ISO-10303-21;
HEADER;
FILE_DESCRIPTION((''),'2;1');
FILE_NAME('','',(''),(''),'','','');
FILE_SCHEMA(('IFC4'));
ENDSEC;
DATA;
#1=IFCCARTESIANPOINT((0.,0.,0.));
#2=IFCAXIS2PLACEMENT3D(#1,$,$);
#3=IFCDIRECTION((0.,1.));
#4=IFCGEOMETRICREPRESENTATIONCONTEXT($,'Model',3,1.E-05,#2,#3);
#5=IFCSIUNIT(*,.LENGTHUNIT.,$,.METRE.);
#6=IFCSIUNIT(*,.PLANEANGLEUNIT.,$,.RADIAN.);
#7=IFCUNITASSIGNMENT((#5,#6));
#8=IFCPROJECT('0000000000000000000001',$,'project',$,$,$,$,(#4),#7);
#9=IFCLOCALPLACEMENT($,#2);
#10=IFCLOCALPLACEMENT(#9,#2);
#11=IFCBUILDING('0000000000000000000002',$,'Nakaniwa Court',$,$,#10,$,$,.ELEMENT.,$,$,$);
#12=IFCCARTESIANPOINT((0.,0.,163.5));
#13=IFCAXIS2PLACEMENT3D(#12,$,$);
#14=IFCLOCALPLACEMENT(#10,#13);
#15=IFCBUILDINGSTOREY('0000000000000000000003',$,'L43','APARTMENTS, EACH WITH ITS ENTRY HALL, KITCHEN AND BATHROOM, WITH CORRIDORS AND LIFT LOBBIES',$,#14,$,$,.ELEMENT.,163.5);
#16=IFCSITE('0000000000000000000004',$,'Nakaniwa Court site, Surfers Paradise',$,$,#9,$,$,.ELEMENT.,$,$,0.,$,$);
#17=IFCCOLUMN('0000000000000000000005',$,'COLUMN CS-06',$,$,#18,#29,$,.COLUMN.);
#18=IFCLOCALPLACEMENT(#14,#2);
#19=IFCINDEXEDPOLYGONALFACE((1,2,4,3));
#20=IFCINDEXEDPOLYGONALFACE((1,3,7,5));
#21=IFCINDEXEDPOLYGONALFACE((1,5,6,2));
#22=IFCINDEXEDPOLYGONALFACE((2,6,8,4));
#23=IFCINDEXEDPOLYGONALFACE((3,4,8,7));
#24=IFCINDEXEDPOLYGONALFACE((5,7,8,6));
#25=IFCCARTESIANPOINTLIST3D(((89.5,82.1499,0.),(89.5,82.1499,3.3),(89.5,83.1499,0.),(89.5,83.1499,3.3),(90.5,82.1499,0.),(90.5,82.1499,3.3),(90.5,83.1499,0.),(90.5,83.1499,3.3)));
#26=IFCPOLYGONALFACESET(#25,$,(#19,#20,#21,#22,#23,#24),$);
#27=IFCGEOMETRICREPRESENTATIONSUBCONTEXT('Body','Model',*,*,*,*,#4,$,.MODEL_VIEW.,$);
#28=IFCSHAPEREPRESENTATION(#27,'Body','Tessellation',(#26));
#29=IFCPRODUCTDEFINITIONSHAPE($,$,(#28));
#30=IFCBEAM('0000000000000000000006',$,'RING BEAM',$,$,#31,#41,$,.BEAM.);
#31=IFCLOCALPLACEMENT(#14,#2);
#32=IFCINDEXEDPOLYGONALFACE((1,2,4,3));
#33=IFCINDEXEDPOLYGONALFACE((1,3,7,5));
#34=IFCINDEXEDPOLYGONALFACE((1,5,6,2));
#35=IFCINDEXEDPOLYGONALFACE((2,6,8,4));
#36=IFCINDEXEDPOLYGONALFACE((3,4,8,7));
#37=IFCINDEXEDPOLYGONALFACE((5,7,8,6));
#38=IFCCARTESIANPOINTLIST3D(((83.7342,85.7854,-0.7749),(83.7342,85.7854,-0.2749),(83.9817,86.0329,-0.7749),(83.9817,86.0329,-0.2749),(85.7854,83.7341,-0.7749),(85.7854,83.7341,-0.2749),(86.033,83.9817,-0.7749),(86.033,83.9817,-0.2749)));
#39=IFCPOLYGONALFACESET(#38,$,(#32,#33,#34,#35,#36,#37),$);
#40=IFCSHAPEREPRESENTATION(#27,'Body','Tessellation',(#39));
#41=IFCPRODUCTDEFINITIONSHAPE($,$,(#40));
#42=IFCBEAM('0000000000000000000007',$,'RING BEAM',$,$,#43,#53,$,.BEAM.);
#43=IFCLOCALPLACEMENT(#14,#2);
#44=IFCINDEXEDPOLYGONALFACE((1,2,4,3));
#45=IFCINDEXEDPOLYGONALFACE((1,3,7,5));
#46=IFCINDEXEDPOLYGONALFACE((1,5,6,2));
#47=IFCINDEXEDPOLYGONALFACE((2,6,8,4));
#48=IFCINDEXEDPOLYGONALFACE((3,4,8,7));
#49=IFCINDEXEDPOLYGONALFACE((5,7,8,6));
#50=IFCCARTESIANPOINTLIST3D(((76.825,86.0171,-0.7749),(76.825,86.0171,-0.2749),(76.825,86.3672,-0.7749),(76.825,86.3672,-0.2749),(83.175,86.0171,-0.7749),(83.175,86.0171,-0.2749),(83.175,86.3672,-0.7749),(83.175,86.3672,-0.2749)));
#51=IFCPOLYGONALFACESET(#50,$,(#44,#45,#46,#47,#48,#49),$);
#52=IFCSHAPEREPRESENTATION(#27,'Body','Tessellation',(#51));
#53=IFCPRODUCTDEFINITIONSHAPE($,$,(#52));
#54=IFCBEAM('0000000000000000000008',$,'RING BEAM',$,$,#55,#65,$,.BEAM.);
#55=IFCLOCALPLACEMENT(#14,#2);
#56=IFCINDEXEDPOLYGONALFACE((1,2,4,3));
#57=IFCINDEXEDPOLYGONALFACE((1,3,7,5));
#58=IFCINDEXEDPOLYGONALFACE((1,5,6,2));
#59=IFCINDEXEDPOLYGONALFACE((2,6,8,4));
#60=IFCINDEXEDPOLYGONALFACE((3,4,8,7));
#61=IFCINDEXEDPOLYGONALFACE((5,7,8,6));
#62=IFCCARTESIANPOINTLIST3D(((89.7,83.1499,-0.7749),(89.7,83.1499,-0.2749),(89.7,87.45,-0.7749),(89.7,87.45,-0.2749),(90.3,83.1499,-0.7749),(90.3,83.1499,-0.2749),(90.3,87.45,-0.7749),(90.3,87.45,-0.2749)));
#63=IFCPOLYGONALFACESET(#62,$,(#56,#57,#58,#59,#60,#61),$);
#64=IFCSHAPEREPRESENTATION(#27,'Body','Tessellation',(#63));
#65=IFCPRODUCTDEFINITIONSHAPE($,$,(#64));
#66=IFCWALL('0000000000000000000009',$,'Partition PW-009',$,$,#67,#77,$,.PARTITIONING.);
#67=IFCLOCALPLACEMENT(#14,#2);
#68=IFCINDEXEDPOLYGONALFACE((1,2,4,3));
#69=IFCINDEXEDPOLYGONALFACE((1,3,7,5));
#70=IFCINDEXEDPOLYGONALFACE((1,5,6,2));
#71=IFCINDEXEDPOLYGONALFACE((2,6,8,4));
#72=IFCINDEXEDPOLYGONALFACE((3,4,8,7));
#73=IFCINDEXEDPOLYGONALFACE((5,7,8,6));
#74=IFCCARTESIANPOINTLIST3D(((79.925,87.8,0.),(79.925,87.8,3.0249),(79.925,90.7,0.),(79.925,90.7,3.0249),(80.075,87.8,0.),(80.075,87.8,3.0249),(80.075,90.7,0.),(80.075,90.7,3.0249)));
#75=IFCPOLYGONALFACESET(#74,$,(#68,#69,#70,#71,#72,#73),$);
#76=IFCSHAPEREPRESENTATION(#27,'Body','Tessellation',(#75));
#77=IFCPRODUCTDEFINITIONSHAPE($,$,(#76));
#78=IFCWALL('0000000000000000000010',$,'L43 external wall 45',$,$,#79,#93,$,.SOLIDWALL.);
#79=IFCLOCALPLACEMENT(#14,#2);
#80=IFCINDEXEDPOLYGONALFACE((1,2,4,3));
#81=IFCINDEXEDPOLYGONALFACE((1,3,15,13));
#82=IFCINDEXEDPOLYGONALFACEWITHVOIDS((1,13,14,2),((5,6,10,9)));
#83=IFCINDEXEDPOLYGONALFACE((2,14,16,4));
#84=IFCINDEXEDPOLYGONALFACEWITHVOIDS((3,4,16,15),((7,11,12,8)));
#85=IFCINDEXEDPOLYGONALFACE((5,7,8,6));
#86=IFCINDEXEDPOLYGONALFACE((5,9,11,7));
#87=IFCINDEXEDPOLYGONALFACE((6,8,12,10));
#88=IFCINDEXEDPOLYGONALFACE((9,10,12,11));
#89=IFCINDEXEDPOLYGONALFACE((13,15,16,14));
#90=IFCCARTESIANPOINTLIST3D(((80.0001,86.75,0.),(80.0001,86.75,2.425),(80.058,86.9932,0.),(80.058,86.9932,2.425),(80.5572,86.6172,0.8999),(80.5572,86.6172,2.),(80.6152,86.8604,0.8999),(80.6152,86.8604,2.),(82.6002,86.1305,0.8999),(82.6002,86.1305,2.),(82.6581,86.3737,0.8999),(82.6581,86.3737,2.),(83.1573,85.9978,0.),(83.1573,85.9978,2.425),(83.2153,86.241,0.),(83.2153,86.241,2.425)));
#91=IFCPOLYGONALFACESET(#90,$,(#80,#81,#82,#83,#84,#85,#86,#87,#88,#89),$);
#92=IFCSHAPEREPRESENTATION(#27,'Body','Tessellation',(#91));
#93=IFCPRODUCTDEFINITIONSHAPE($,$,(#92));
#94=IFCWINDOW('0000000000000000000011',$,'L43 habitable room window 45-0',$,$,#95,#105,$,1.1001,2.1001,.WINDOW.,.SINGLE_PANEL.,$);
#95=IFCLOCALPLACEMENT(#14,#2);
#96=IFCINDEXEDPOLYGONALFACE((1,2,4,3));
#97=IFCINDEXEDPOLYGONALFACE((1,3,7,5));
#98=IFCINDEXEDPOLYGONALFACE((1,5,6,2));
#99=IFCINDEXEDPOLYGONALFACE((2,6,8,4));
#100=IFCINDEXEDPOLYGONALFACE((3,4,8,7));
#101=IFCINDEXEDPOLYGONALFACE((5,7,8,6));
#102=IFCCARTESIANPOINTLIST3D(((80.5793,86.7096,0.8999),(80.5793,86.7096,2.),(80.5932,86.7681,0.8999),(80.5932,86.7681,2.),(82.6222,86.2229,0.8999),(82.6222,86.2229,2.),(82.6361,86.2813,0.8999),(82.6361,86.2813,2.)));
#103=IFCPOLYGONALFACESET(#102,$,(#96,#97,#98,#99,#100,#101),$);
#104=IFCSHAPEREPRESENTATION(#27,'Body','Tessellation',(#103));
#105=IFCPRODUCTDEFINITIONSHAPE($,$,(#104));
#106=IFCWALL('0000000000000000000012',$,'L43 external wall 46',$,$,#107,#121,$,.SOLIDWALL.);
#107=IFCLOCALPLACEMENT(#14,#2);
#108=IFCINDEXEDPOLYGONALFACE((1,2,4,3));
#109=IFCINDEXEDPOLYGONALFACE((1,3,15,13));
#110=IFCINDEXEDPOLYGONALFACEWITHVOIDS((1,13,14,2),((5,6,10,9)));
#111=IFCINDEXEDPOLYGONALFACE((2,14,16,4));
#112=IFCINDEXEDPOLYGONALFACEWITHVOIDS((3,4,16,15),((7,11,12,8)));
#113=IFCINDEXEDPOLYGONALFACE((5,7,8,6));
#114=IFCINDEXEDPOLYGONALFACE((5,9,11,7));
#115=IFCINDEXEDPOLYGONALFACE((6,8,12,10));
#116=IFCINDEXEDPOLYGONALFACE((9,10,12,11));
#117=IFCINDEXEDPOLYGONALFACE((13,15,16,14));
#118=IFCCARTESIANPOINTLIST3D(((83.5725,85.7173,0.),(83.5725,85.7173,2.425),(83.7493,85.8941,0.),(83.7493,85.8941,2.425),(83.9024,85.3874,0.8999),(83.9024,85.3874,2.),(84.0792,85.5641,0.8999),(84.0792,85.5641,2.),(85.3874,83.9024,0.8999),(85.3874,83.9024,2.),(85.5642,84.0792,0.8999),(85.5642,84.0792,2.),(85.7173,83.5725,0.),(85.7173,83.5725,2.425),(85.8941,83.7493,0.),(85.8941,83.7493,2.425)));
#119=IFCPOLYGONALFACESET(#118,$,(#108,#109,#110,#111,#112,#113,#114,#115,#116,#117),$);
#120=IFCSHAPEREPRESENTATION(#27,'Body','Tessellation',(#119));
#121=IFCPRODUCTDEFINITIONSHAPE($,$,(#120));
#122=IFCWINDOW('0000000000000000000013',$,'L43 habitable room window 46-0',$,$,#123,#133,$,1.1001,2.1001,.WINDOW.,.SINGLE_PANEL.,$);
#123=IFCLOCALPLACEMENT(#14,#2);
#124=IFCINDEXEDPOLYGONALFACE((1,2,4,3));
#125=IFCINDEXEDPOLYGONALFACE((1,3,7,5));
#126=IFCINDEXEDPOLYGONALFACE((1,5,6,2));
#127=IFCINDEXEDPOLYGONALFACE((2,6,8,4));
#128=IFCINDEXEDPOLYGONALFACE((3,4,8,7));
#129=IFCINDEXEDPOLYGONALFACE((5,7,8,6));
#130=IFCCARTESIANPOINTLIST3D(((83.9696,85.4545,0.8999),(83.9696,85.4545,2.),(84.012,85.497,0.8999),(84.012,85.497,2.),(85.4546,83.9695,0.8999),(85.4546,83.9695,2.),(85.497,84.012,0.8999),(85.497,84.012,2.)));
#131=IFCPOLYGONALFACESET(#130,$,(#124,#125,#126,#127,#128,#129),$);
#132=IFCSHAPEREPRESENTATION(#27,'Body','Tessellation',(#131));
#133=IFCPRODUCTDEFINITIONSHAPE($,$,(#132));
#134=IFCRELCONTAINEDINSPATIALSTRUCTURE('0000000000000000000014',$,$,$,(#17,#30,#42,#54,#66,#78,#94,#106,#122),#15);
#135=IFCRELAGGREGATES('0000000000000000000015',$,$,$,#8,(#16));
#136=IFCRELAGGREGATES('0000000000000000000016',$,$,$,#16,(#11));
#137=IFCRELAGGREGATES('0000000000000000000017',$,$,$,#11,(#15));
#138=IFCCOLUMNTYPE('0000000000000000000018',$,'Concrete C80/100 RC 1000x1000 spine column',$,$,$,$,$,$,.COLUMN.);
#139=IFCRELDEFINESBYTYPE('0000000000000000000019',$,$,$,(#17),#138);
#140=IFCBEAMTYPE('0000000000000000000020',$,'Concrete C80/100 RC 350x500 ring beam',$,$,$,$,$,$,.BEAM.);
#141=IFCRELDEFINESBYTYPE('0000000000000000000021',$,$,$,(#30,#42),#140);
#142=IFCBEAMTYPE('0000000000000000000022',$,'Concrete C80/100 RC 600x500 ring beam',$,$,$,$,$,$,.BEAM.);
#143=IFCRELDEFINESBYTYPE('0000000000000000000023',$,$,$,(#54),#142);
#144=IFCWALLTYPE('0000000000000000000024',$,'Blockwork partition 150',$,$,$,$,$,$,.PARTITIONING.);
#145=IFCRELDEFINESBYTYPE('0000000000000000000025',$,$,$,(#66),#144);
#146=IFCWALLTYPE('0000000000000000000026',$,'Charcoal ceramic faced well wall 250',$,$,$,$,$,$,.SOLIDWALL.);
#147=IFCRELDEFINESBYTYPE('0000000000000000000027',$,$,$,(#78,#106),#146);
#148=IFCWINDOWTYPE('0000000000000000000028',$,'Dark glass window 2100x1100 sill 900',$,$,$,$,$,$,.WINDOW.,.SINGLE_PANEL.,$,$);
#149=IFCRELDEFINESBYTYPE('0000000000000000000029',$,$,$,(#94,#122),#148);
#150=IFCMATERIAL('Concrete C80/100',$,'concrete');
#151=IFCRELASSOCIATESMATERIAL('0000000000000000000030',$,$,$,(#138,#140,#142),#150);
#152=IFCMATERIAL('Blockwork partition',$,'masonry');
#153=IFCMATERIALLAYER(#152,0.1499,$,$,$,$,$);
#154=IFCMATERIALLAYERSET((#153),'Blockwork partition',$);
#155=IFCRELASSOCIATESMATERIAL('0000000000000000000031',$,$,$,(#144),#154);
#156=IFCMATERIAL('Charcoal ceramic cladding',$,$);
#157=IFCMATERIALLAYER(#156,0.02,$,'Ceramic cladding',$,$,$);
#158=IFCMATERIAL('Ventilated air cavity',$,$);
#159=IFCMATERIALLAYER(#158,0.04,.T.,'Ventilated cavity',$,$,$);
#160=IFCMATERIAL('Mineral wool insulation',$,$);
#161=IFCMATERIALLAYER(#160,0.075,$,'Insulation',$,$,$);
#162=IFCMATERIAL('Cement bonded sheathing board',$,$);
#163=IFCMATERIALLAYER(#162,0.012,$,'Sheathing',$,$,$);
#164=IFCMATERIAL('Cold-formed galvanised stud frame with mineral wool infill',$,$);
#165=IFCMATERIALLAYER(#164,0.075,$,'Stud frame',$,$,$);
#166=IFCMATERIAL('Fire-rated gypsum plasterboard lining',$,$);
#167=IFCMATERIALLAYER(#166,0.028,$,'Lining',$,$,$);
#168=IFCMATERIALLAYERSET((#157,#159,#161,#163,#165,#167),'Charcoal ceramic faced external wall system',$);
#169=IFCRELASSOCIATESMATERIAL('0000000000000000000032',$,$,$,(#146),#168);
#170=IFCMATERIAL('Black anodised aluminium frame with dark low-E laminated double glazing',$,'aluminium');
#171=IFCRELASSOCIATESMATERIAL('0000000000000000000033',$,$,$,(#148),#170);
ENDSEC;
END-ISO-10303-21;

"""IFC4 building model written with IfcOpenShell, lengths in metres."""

from ifc_helpers import new_model, si_unit, direction, frame, frame_2d, origin, origin_2d, place, context, subcontext, project, spatial, rectangle, extrude, material, layer, layer_set, material_profile, profile_set, type_object, element, fill, save


model = new_model("IFC4")

# Units and contexts
model_context = context("Model", 3, precision=1e-05, world=origin(), true_north=direction((0.0, 1.0)))
body_context = subcontext(model_context, "Body", "Model", "MODEL_VIEW")
ifc_project = project(units=[si_unit("LENGTHUNIT", "METRE"), si_unit("PLANEANGLEUNIT", "RADIAN")], contexts=[model_context])

# Site, building, storey
site_placement = place(None, origin())
site = spatial("IfcSite", under=ifc_project, at=site_placement, Name="Nakaniwa Court site, Surfers Paradise", CompositionType="ELEMENT", RefElevation=0.0)
building_placement = place(site_placement, origin())
building = spatial("IfcBuilding", under=site, at=building_placement, Name="Nakaniwa Court", CompositionType="ELEMENT")
storey_placement = place(building_placement, frame((0.0, 0.0, 163.5)))
storey = spatial("IfcBuildingStorey", under=building, at=storey_placement, Name="L43", Description="APARTMENTS, EACH WITH ITS ENTRY HALL, KITCHEN AND BATHROOM, WITH CORRIDORS AND LIFT LOBBIES", CompositionType="ELEMENT", Elevation=163.5)

# Column
ifc_material_1 = material(Name="Concrete C80/100", Category="concrete")
ifc_material_profile_1 = material_profile(ifc_material_1, rectangle(XDim=1.0, YDim=1.0, at=origin_2d()), Name="Concrete C80/100 RC 1000x1000 spine column")
ifc_profile_set_1 = profile_set([ifc_material_profile_1], Name="Concrete C80/100")
column_type_1 = type_object("IfcColumnType", Name="Concrete C80/100 RC 1000x1000 spine column", PredefinedType="COLUMN", material=ifc_profile_set_1)
column_placement = place(storey_placement, frame((90.0, 82.6499, 0.0), z_axis=(0.0, 0.0, 1.0), x_axis=(0.0, 1.0, 0.0)))
element("IfcColumn", 1, at=column_placement, inside=storey, type_object=column_type_1, Name="COLUMN CS-06", PredefinedType="COLUMN", context=body_context, shape_type="SweptSolid", body=[
    extrude(rectangle(XDim=1.0, YDim=1.0, at=origin_2d()), origin(), (0.0, 0.0, 1.0), 3.3),
])

# Beams
ifc_material_profile_2 = material_profile(ifc_material_1, rectangle(XDim=0.3501, YDim=0.5, at=origin_2d()), Name="Concrete C80/100 RC 350x500 ring beam")
ifc_profile_set_2 = profile_set([ifc_material_profile_2], Name="Concrete C80/100")
beam_type_1 = type_object("IfcBeamType", Name="Concrete C80/100 RC 350x500 ring beam", PredefinedType="BEAM", material=ifc_profile_set_2)
beam_1_placement = place(storey_placement, frame((85.9092, 83.8579, -0.5249), z_axis=(-0.707107, 0.707107, 0.0), x_axis=(-0.707107, -0.707107, 0.0)))
element("IfcBeam", 2, at=beam_1_placement, inside=storey, type_object=beam_type_1, Name="RING BEAM", PredefinedType="BEAM", context=body_context, shape_type="SweptSolid", body=[
    extrude(rectangle(XDim=0.3501, YDim=0.5, at=origin_2d()), origin(), (0.0, 0.0, 1.0), 2.9009),
])
beam_2_placement = place(storey_placement, frame((83.175, 86.1921, -0.5249), z_axis=(-1.0, 0.0, 0.0), x_axis=(0.0, -1.0, 0.0)))
element("IfcBeam", 3, at=beam_2_placement, inside=storey, type_object=beam_type_1, Name="RING BEAM", PredefinedType="BEAM", context=body_context, shape_type="SweptSolid", body=[
    extrude(rectangle(XDim=0.3501, YDim=0.5, at=origin_2d()), origin(), (0.0, 0.0, 1.0), 6.3501),
])
ifc_material_profile_3 = material_profile(ifc_material_1, rectangle(XDim=0.6001, YDim=0.5, at=origin_2d()), Name="Concrete C80/100 RC 600x500 ring beam")
ifc_profile_set_3 = profile_set([ifc_material_profile_3], Name="Concrete C80/100")
beam_type_2 = type_object("IfcBeamType", Name="Concrete C80/100 RC 600x500 ring beam", PredefinedType="BEAM", material=ifc_profile_set_3)
beam_3_placement = place(storey_placement, frame((90.0, 83.1499, -0.5249), z_axis=(0.0, 1.0, 0.0), x_axis=(-1.0, 0.0, 0.0)))
element("IfcBeam", 4, at=beam_3_placement, inside=storey, type_object=beam_type_2, Name="RING BEAM", PredefinedType="BEAM", context=body_context, shape_type="SweptSolid", body=[
    extrude(rectangle(XDim=0.6001, YDim=0.5, at=origin_2d()), origin(), (0.0, 0.0, 1.0), 4.3),
])

# Wall
ifc_material_2 = material(Name="Blockwork partition", Category="masonry")
ifc_layer_1 = layer(ifc_material_2, 0.1499)
ifc_layer_set_1 = layer_set([ifc_layer_1], Name="Blockwork partition")
wall_type_1 = type_object("IfcWallType", Name="Blockwork partition 150", PredefinedType="PARTITIONING", material=ifc_layer_set_1)
wall_1_placement = place(storey_placement, frame((80.0, 87.8, 0.0), z_axis=(0.0, 0.0, 1.0), x_axis=(0.0, 1.0, 0.0)))
element("IfcWall", 5, at=wall_1_placement, inside=storey, type_object=wall_type_1, Name="Partition PW-009", PredefinedType="PARTITIONING", context=body_context, shape_type="SweptSolid", body=[
    extrude(rectangle(XDim=2.8999, YDim=0.1499, at=frame_2d((1.45, 0.0))), origin(), (0.0, 0.0, 1.0), 3.0249),
])

# Walls, openings, windows
ifc_material_3 = material(Name="Charcoal ceramic cladding")
ifc_layer_2 = layer(ifc_material_3, 0.02, Name="Ceramic cladding")
ifc_material_4 = material(Name="Ventilated air cavity")
ifc_layer_3 = layer(ifc_material_4, 0.04, ventilated=True, Name="Ventilated cavity")
ifc_material_5 = material(Name="Mineral wool insulation")
ifc_layer_4 = layer(ifc_material_5, 0.075, Name="Insulation")
ifc_material_6 = material(Name="Cement bonded sheathing board")
ifc_layer_5 = layer(ifc_material_6, 0.012, Name="Sheathing")
ifc_material_7 = material(Name="Cold-formed galvanised stud frame with mineral wool infill")
ifc_layer_6 = layer(ifc_material_7, 0.075, Name="Stud frame")
ifc_material_8 = material(Name="Fire-rated gypsum plasterboard lining")
ifc_layer_7 = layer(ifc_material_8, 0.028, Name="Lining")
ifc_layer_set_2 = layer_set([ifc_layer_2, ifc_layer_3, ifc_layer_4, ifc_layer_5, ifc_layer_6, ifc_layer_7], Name="Charcoal ceramic faced external wall system")
wall_type_2 = type_object("IfcWallType", Name="Charcoal ceramic faced well wall 250", PredefinedType="SOLIDWALL", material=ifc_layer_set_2)
wall_2_placement = place(storey_placement, frame((80.0291, 86.8716, 0.0), z_axis=(0.0, 0.0, 1.0), x_axis=(0.972773, -0.23176, 0.0)))
wall_2 = element("IfcWall", 6, at=wall_2_placement, inside=storey, type_object=wall_type_2, Name="L43 external wall 45", PredefinedType="SOLIDWALL", context=body_context, shape_type="SweptSolid", body=[
    extrude(rectangle(XDim=3.2456, YDim=0.25, at=frame_2d((1.6228, 0.0))), origin(), (0.0, 0.0, 1.0), 2.425),
])
opening_1_placement = place(wall_2_placement, frame((0.5728, 0.0, 0.8999)))
opening_1 = element("IfcOpeningElement", 7, at=opening_1_placement, cuts=wall_2, PredefinedType="OPENING", context=body_context, shape_type="SweptSolid", body=[
    extrude(rectangle(XDim=2.1001, YDim=1.1001, at=frame_2d((1.05, 0.55))), frame((0.0, 0.135, 0.0), z_axis=(0.0, -1.0, 0.0), x_axis=(1.0, 0.0, 0.0)), (0.0, 0.0, 1.0), 0.27),
])
ifc_material_9 = material(Name="Black anodised aluminium frame with dark low-E laminated double glazing", Category="aluminium")
window_type_1 = type_object("IfcWindowType", Name="Dark glass window 2100x1100 sill 900", PartitioningType="SINGLE_PANEL", PredefinedType="WINDOW", material=ifc_material_9)
window_1_placement = place(opening_1_placement, origin())
window_1 = element("IfcWindow", 8, at=window_1_placement, inside=storey, type_object=window_type_1, Name="L43 habitable room window 45-0", OverallHeight=1.1001, OverallWidth=2.1001, PartitioningType="SINGLE_PANEL", PredefinedType="WINDOW", context=body_context, shape_type="SweptSolid", body=[
    extrude(rectangle(XDim=2.1001, YDim=1.1001, at=frame_2d((1.05, 0.55))), frame((0.0, 0.03, 0.0), z_axis=(0.0, -1.0, 0.0), x_axis=(1.0, 0.0, 0.0)), (0.0, 0.0, 1.0), 0.0601),
])
fill(opening_1, window_1)
wall_3_placement = place(storey_placement, frame((83.6609, 85.8057, 0.0), z_axis=(0.0, 0.0, 1.0), x_axis=(0.707107, -0.707107, 0.0)))
wall_3 = element("IfcWall", 9, at=wall_3_placement, inside=storey, type_object=wall_type_2, Name="L43 external wall 46", PredefinedType="SOLIDWALL", context=body_context, shape_type="SweptSolid", body=[
    extrude(rectangle(XDim=3.0332, YDim=0.25, at=frame_2d((1.5166, 0.0))), origin(), (0.0, 0.0, 1.0), 2.425),
])
opening_2_placement = place(wall_3_placement, frame((0.4666, 0.0, 0.8999)))
opening_2 = element("IfcOpeningElement", 10, at=opening_2_placement, cuts=wall_3, PredefinedType="OPENING", context=body_context, shape_type="SweptSolid", body=[
    extrude(rectangle(XDim=2.1001, YDim=1.1001, at=frame_2d((1.05, 0.55))), frame((0.0, 0.135, 0.0), z_axis=(0.0, -1.0, 0.0), x_axis=(1.0, 0.0, 0.0)), (0.0, 0.0, 1.0), 0.27),
])
window_2_placement = place(opening_2_placement, origin())
window_2 = element("IfcWindow", 11, at=window_2_placement, inside=storey, type_object=window_type_1, Name="L43 habitable room window 46-0", OverallHeight=1.1001, OverallWidth=2.1001, PartitioningType="SINGLE_PANEL", PredefinedType="WINDOW", context=body_context, shape_type="SweptSolid", body=[
    extrude(rectangle(XDim=2.1001, YDim=1.1001, at=frame_2d((1.05, 0.55))), frame((0.0, 0.03, 0.0), z_axis=(0.0, -1.0, 0.0), x_axis=(1.0, 0.0, 0.0)), (0.0, 0.0, 1.0), 0.0601),
])
fill(opening_2, window_2)

save(model, "model.ifc")
